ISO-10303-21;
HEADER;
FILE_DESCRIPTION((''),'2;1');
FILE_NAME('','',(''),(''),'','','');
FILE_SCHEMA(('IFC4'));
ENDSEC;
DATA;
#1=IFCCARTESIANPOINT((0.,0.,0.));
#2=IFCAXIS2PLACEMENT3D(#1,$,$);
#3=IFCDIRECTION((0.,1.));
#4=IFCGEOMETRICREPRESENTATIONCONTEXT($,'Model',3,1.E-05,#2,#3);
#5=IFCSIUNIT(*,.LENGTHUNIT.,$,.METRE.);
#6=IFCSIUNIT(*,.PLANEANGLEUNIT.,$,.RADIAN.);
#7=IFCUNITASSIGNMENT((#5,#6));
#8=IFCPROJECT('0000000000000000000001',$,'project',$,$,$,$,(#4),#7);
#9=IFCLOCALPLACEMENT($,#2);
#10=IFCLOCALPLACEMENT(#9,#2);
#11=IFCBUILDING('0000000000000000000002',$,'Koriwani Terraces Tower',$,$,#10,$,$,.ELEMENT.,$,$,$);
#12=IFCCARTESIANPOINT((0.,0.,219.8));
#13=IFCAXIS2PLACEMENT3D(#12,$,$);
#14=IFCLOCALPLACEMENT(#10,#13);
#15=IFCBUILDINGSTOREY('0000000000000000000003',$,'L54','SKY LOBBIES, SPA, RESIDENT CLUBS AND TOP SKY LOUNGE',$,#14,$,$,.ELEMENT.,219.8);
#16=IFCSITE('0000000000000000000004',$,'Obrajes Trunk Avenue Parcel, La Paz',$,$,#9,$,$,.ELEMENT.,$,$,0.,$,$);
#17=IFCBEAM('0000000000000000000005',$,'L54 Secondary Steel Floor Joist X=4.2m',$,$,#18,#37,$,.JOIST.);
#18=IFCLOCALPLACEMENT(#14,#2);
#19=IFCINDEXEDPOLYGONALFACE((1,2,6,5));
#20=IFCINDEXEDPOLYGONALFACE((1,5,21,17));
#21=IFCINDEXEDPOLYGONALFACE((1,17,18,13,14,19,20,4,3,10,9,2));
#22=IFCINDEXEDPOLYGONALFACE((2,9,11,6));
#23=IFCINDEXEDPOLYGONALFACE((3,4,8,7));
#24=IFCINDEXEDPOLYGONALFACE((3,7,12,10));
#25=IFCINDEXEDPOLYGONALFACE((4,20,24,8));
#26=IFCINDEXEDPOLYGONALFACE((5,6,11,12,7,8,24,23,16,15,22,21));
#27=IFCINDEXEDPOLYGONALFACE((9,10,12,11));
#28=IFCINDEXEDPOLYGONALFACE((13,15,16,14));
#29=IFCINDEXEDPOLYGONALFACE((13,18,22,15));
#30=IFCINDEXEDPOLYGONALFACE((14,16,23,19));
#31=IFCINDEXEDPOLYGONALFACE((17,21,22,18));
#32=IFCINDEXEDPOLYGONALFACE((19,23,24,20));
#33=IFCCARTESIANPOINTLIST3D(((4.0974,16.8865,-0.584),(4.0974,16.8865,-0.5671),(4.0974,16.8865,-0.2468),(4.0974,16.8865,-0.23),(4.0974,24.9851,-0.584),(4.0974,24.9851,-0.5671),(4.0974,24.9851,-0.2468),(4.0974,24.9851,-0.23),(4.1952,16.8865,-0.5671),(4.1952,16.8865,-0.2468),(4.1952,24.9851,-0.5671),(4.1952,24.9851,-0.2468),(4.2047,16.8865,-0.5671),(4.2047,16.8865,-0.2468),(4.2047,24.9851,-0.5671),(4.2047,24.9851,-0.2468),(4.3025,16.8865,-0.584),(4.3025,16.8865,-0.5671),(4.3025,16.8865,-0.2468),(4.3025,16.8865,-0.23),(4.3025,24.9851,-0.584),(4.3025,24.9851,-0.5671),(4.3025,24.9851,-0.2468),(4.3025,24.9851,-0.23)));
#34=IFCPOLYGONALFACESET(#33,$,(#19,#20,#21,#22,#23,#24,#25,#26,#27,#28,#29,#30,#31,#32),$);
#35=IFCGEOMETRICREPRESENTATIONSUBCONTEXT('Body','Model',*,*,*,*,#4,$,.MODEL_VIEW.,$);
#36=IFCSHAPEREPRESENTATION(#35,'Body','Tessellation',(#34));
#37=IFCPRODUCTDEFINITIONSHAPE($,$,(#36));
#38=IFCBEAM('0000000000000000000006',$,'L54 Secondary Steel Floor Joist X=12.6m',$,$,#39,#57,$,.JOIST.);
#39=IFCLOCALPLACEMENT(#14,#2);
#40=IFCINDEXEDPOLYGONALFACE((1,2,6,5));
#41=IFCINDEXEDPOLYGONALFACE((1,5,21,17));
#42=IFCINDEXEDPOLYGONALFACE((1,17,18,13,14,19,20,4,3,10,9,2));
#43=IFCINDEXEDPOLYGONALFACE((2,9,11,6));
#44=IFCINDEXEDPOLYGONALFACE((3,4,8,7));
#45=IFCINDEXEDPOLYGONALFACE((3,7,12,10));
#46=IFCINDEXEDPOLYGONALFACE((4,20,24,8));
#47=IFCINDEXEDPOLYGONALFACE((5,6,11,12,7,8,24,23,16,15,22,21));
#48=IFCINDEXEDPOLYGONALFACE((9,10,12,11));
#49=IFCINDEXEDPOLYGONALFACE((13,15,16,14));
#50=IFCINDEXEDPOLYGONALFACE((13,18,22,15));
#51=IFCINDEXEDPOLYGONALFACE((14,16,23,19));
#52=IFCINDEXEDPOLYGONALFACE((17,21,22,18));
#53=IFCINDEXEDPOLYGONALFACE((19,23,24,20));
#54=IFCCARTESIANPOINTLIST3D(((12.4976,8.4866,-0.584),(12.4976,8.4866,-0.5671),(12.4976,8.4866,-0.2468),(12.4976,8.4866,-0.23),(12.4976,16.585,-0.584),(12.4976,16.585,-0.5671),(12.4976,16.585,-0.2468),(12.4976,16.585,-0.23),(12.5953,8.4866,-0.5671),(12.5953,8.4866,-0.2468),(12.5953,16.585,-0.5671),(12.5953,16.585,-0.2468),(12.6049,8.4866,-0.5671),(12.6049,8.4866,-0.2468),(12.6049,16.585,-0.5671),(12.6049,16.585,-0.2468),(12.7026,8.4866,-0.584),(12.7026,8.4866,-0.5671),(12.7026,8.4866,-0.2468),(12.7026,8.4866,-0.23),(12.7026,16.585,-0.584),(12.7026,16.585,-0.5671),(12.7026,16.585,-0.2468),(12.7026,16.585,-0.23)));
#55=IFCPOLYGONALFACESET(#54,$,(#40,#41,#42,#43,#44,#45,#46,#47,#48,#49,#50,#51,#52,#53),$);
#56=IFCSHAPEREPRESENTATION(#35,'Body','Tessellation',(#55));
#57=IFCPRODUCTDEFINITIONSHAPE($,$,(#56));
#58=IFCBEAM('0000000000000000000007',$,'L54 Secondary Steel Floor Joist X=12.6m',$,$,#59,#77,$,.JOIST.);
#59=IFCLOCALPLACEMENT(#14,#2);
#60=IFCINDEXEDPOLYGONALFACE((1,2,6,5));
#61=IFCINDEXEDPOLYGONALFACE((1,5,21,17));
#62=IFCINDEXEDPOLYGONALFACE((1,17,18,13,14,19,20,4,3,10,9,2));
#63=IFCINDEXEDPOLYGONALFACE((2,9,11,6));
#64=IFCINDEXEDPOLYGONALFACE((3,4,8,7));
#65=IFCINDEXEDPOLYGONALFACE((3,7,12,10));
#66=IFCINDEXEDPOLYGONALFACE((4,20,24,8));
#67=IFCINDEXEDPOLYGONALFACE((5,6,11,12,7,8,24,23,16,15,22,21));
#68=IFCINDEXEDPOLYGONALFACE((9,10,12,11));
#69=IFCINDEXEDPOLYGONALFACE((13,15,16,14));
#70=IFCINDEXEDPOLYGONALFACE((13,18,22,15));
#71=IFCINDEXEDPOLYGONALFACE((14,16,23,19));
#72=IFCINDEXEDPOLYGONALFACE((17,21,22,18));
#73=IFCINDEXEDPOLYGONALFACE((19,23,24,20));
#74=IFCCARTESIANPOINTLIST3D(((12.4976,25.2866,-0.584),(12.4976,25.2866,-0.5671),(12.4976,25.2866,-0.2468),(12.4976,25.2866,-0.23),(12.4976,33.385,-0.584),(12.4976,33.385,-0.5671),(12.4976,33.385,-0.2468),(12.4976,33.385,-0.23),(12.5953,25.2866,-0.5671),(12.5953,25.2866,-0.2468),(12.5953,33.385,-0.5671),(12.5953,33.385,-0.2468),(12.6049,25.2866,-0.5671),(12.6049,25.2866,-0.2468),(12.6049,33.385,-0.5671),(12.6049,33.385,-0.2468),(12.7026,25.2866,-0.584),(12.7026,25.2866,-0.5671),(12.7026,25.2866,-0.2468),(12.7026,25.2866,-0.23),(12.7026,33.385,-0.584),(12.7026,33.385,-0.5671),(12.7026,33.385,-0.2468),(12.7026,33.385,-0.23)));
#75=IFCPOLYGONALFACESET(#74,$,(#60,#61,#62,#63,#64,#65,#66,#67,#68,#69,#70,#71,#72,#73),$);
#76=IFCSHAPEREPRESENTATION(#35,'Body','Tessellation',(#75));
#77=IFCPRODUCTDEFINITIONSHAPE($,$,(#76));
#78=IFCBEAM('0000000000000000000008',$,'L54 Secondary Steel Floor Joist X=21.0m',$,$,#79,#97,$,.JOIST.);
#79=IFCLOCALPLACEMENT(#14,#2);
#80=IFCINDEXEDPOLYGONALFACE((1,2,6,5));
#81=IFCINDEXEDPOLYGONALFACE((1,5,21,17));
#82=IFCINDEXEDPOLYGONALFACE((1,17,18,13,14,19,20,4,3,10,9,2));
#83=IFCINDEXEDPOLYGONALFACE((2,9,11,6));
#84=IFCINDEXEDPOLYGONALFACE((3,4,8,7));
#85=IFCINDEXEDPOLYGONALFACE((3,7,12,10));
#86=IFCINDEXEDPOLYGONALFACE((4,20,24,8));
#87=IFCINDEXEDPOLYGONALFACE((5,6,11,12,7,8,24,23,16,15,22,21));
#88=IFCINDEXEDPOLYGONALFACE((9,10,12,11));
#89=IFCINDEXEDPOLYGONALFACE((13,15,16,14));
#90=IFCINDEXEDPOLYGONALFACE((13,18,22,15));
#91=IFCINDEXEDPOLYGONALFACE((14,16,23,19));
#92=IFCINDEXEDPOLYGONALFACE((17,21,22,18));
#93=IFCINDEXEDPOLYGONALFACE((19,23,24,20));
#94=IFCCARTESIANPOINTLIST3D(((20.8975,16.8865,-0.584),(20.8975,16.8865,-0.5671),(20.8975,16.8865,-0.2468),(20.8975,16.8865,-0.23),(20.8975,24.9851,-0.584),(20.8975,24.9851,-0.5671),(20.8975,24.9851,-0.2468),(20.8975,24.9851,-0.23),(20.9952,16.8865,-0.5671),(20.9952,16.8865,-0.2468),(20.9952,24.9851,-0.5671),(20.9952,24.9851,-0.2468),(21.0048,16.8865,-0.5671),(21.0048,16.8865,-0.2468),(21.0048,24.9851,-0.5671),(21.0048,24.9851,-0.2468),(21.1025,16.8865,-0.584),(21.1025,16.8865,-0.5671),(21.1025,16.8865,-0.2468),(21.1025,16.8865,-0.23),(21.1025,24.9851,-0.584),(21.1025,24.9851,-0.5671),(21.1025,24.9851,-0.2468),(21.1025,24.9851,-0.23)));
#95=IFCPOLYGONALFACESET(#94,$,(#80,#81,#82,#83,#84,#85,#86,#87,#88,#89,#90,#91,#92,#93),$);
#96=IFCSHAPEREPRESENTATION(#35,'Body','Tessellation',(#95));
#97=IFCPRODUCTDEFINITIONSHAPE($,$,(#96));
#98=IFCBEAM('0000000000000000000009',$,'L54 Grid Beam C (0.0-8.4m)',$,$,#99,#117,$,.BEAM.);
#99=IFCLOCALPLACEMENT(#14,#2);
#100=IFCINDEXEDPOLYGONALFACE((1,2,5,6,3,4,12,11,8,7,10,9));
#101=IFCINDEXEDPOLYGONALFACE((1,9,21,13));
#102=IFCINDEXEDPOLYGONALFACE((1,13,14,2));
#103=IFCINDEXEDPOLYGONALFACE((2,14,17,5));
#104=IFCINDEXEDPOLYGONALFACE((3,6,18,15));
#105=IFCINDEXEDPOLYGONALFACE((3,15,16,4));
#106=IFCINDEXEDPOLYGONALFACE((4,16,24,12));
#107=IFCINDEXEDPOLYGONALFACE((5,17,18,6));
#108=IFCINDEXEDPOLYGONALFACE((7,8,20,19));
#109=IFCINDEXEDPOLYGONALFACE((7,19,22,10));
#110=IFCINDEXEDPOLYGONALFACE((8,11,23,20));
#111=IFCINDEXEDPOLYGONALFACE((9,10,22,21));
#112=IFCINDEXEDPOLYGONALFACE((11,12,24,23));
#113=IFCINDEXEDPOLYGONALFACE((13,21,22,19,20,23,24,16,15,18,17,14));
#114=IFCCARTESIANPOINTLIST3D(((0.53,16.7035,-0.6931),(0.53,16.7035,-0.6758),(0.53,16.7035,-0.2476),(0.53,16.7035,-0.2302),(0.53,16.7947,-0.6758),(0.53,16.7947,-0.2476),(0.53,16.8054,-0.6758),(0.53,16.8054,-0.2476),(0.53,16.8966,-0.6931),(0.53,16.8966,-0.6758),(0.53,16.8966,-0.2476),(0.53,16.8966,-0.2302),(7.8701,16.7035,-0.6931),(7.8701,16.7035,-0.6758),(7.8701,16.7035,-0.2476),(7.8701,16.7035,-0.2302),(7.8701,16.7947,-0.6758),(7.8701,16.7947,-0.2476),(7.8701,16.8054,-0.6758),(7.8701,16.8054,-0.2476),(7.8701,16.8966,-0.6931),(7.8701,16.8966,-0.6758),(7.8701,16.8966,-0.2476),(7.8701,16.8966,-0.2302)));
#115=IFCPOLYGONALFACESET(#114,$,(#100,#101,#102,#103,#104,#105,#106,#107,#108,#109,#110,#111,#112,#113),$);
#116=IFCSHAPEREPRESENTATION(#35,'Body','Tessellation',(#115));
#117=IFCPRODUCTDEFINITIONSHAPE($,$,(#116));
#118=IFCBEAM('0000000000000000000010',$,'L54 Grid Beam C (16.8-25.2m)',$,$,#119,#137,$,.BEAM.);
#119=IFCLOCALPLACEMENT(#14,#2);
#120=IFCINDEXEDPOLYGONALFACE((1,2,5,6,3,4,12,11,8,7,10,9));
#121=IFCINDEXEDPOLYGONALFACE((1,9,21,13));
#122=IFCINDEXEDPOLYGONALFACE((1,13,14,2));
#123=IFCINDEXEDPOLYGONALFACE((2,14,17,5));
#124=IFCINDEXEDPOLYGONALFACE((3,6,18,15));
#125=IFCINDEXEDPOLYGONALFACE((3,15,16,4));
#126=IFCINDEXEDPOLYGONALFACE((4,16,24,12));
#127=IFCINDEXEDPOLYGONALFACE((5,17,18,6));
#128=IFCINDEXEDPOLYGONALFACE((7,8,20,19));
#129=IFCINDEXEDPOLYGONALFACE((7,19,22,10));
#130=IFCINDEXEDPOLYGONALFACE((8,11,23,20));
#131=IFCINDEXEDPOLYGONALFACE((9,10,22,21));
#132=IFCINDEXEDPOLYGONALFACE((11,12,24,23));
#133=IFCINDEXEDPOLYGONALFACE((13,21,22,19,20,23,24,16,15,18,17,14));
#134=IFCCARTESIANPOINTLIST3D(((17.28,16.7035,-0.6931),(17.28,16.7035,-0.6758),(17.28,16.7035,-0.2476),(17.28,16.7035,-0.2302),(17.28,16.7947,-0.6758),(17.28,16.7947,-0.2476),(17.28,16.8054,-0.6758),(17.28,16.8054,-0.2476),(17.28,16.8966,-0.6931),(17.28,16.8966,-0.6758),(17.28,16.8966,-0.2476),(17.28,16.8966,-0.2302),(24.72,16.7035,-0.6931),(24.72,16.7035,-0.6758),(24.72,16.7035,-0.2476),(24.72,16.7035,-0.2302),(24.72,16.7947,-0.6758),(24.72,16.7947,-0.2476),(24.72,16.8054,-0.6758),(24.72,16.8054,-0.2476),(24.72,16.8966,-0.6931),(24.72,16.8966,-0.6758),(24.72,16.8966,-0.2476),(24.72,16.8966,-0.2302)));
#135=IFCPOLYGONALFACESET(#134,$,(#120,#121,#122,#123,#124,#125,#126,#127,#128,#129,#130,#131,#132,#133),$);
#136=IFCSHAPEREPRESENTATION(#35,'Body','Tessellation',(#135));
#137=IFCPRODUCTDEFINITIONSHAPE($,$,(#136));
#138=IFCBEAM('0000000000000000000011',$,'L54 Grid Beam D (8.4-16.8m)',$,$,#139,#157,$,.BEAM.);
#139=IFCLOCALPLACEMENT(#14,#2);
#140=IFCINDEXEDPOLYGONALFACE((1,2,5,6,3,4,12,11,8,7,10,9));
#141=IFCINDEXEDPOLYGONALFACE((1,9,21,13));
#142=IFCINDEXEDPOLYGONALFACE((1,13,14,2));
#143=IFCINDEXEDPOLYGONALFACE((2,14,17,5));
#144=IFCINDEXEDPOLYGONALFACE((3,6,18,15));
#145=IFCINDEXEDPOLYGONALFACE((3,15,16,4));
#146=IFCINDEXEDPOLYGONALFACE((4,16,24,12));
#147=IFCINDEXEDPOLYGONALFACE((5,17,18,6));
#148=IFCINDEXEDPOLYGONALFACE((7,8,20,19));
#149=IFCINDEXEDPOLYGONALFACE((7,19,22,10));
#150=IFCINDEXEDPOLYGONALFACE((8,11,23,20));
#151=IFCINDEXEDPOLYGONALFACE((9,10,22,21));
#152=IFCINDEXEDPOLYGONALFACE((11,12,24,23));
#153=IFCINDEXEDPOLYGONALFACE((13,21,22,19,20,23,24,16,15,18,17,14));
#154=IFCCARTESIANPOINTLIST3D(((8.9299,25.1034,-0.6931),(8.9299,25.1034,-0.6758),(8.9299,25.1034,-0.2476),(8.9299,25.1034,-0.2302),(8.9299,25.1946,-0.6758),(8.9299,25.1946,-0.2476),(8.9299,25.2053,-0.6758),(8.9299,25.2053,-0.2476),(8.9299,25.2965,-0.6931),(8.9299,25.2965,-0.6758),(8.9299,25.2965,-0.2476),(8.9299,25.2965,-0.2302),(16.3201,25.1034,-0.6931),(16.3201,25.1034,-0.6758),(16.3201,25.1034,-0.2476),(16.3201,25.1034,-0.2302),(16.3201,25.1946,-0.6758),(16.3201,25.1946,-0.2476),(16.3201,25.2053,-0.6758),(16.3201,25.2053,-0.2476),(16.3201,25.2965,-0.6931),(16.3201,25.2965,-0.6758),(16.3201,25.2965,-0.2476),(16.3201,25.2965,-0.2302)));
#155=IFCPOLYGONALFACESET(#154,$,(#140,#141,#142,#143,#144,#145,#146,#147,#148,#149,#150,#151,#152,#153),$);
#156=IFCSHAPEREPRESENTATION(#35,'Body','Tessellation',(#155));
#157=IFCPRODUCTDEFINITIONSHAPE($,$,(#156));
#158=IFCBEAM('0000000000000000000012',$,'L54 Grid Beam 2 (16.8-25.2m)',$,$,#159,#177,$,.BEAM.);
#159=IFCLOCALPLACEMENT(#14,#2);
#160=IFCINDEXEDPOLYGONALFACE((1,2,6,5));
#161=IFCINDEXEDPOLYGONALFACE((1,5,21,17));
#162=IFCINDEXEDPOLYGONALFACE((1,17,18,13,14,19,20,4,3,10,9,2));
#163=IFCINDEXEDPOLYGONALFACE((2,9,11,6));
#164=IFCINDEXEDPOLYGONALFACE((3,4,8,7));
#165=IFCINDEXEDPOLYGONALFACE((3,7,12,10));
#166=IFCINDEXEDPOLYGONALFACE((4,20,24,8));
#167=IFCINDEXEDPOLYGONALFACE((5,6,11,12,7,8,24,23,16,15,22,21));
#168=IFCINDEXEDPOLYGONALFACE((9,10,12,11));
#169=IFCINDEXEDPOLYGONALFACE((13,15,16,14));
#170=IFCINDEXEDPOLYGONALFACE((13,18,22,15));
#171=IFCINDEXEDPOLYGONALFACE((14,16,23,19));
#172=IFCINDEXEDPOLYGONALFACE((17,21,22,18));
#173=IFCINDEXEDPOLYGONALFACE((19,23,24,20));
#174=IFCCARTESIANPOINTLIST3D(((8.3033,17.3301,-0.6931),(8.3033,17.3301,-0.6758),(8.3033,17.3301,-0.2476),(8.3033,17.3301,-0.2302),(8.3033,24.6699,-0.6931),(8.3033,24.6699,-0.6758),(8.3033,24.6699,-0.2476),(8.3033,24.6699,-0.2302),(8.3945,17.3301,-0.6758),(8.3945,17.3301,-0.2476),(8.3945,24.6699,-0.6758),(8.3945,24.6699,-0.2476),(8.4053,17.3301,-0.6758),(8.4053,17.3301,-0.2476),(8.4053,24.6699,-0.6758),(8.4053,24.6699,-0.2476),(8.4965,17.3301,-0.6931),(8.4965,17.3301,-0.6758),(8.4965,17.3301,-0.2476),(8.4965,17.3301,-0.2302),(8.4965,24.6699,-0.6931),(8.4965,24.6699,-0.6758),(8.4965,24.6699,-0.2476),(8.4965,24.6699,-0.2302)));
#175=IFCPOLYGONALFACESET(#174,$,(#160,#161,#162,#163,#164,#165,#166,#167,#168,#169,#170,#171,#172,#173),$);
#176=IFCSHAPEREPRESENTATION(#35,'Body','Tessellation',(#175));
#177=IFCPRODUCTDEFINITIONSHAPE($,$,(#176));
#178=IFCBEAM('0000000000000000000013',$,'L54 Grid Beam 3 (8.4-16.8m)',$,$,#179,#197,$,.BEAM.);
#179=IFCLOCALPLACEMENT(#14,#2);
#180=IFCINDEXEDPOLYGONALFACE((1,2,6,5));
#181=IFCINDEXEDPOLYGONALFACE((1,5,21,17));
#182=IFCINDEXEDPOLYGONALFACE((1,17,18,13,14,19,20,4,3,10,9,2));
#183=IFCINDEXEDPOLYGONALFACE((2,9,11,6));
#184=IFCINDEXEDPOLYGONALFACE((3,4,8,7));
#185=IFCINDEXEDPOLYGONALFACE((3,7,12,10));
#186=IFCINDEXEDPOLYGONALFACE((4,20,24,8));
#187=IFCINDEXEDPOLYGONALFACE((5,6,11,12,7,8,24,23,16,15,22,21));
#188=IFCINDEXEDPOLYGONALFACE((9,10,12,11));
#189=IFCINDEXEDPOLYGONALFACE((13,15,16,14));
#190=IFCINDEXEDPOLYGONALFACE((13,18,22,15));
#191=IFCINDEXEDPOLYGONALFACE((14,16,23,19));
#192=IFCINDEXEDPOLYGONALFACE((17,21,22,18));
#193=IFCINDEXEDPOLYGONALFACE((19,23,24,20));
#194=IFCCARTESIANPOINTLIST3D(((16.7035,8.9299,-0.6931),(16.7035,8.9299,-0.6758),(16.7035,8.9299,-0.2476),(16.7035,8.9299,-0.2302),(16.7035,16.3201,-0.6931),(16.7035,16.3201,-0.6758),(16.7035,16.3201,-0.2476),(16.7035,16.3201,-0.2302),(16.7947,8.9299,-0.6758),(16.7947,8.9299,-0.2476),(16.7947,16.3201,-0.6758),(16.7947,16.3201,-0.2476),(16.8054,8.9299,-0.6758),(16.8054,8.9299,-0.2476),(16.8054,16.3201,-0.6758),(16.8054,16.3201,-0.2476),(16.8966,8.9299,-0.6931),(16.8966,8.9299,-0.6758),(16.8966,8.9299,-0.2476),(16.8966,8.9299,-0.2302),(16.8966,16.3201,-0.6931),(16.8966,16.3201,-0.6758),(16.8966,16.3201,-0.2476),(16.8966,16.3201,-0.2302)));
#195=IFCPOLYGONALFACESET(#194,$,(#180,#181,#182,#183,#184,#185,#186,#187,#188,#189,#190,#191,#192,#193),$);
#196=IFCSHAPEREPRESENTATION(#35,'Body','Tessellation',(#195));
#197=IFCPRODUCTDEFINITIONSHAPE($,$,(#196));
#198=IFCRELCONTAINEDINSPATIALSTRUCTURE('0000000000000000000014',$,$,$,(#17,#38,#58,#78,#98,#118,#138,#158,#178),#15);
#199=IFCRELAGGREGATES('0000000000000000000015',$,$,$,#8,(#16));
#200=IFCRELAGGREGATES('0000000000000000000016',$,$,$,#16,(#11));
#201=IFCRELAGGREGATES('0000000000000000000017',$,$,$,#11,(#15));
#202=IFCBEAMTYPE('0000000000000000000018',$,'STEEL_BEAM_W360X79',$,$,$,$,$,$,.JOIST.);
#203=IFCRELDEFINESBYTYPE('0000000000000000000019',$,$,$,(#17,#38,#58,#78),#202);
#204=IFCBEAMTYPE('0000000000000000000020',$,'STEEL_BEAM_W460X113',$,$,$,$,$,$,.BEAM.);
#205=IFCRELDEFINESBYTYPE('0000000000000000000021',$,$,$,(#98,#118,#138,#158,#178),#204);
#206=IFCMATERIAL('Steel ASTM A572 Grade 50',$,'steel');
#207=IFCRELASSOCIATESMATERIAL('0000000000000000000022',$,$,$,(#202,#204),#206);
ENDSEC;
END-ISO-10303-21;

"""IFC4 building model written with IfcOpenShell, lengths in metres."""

from ifc_helpers import new_model, si_unit, direction, frame, origin, origin_2d, place, context, subcontext, project, spatial, i_section, extrude, material, material_profile, profile_set, type_object, element, save


model = new_model("IFC4")

# Units and contexts
model_context = context("Model", 3, precision=1e-05, world=origin(), true_north=direction((0.0, 1.0)))
body_context = subcontext(model_context, "Body", "Model", "MODEL_VIEW")
ifc_project = project(units=[si_unit("LENGTHUNIT", "METRE"), si_unit("PLANEANGLEUNIT", "RADIAN")], contexts=[model_context])

# Site, building, storey
site_placement = place(None, origin())
site = spatial("IfcSite", under=ifc_project, at=site_placement, Name="Obrajes Trunk Avenue Parcel, La Paz", CompositionType="ELEMENT", RefElevation=0.0)
building_placement = place(site_placement, origin())
building = spatial("IfcBuilding", under=site, at=building_placement, Name="Koriwani Terraces Tower", CompositionType="ELEMENT")
storey_placement = place(building_placement, frame((0.0, 0.0, 219.8)))
storey = spatial("IfcBuildingStorey", under=building, at=storey_placement, Name="L54", Description="SKY LOBBIES, SPA, RESIDENT CLUBS AND TOP SKY LOUNGE", CompositionType="ELEMENT", Elevation=219.8)

# Beams
ifc_material_1 = material(Name="Steel ASTM A572 Grade 50", Category="steel")
ifc_material_profile_1 = material_profile(ifc_material_1, i_section(OverallWidth=0.2051, OverallDepth=0.354, WebThickness=0.0095, FlangeThickness=0.0168, at=origin_2d()), Name="Steel ASTM A572 Grade 50", Category="LoadBearing")
ifc_profile_set_1 = profile_set([ifc_material_profile_1], Name="Steel ASTM A572 Grade 50")
beam_type_1 = type_object("IfcBeamType", Name="STEEL_BEAM_W360X79", PredefinedType="JOIST", material=ifc_profile_set_1)
beam_1_placement = place(storey_placement, frame((4.2, 16.8865, -0.407), z_axis=(0.0, 1.0, 0.0), x_axis=(-1.0, 0.0, 0.0)))
element("IfcBeam", 1, at=beam_1_placement, inside=storey, type_object=beam_type_1, Name="L54 Secondary Steel Floor Joist X=4.2m", PredefinedType="JOIST", context=body_context, shape_type="SweptSolid", body=[
    extrude(i_section(OverallWidth=0.2051, OverallDepth=0.354, WebThickness=0.0095, FlangeThickness=0.0168, at=origin_2d()), origin(), (0.0, 0.0, 1.0), 8.0986),
])
for number, where, z_axis, x_axis, name in (
    (2, (12.6001, 8.4866, -0.407), (0.0, 1.0, 0.0), (-1.0, 0.0, 0.0), "L54 Secondary Steel Floor Joist X=12.6m"),
    (3, (12.6001, 25.2866, -0.407), (0.0, 1.0, 0.0), (-1.0, 0.0, 0.0), "L54 Secondary Steel Floor Joist X=12.6m"),
):
    element("IfcBeam", number, at=place(storey_placement, frame(where, z_axis=z_axis, x_axis=x_axis)), inside=storey, type_object=beam_type_1, Name=name, PredefinedType="JOIST", context=body_context, shape_type="SweptSolid", body=[
        extrude(i_section(OverallWidth=0.2051, OverallDepth=0.354, WebThickness=0.0095, FlangeThickness=0.0168, at=origin_2d()), origin(), (0.0, 0.0, 1.0), 8.0984),
    ])
beam_2_placement = place(storey_placement, frame((21.0, 16.8865, -0.407), z_axis=(0.0, 1.0, 0.0), x_axis=(-1.0, 0.0, 0.0)))
element("IfcBeam", 4, at=beam_2_placement, inside=storey, type_object=beam_type_1, Name="L54 Secondary Steel Floor Joist X=21.0m", PredefinedType="JOIST", context=body_context, shape_type="SweptSolid", body=[
    extrude(i_section(OverallWidth=0.2051, OverallDepth=0.354, WebThickness=0.0095, FlangeThickness=0.0168, at=origin_2d()), origin(), (0.0, 0.0, 1.0), 8.0986),
])
ifc_material_profile_2 = material_profile(ifc_material_1, i_section(OverallWidth=0.1931, OverallDepth=0.4629, WebThickness=0.0107, FlangeThickness=0.0173, at=origin_2d()), Name="Steel ASTM A572 Grade 50", Category="LoadBearing")
ifc_profile_set_2 = profile_set([ifc_material_profile_2], Name="Steel ASTM A572 Grade 50")
beam_type_2 = type_object("IfcBeamType", Name="STEEL_BEAM_W460X113", PredefinedType="BEAM", material=ifc_profile_set_2)
beam_3_placement = place(storey_placement, frame((0.53, 16.8, -0.4617), z_axis=(1.0, 0.0, 0.0), x_axis=(0.0, 1.0, 0.0)))
element("IfcBeam", 5, at=beam_3_placement, inside=storey, type_object=beam_type_2, Name="L54 Grid Beam C (0.0-8.4m)", PredefinedType="BEAM", context=body_context, shape_type="SweptSolid", body=[
    extrude(i_section(OverallWidth=0.1931, OverallDepth=0.4629, WebThickness=0.0107, FlangeThickness=0.0173, at=origin_2d()), origin(), (0.0, 0.0, 1.0), 7.3401),
])
beam_4_placement = place(storey_placement, frame((17.28, 16.8, -0.4617), z_axis=(1.0, 0.0, 0.0), x_axis=(0.0, 1.0, 0.0)))
element("IfcBeam", 6, at=beam_4_placement, inside=storey, type_object=beam_type_2, Name="L54 Grid Beam C (16.8-25.2m)", PredefinedType="BEAM", context=body_context, shape_type="SweptSolid", body=[
    extrude(i_section(OverallWidth=0.1931, OverallDepth=0.4629, WebThickness=0.0107, FlangeThickness=0.0173, at=origin_2d()), origin(), (0.0, 0.0, 1.0), 7.4399),
])
beam_5_placement = place(storey_placement, frame((8.9299, 25.2, -0.4617), z_axis=(1.0, 0.0, 0.0), x_axis=(0.0, 1.0, 0.0)))
element("IfcBeam", 7, at=beam_5_placement, inside=storey, type_object=beam_type_2, Name="L54 Grid Beam D (8.4-16.8m)", PredefinedType="BEAM", context=body_context, shape_type="SweptSolid", body=[
    extrude(i_section(OverallWidth=0.1931, OverallDepth=0.4629, WebThickness=0.0107, FlangeThickness=0.0173, at=origin_2d()), origin(), (0.0, 0.0, 1.0), 7.3901),
])
beam_6_placement = place(storey_placement, frame((8.3999, 17.3301, -0.4617), z_axis=(0.0, 1.0, 0.0), x_axis=(-1.0, 0.0, 0.0)))
element("IfcBeam", 8, at=beam_6_placement, inside=storey, type_object=beam_type_2, Name="L54 Grid Beam 2 (16.8-25.2m)", PredefinedType="BEAM", context=body_context, shape_type="SweptSolid", body=[
    extrude(i_section(OverallWidth=0.1931, OverallDepth=0.4629, WebThickness=0.0107, FlangeThickness=0.0173, at=origin_2d()), origin(), (0.0, 0.0, 1.0), 7.3398),
])
beam_7_placement = place(storey_placement, frame((16.8, 8.9299, -0.4617), z_axis=(0.0, 1.0, 0.0), x_axis=(-1.0, 0.0, 0.0)))
element("IfcBeam", 9, at=beam_7_placement, inside=storey, type_object=beam_type_2, Name="L54 Grid Beam 3 (8.4-16.8m)", PredefinedType="BEAM", context=body_context, shape_type="SweptSolid", body=[
    extrude(i_section(OverallWidth=0.1931, OverallDepth=0.4629, WebThickness=0.0107, FlangeThickness=0.0173, at=origin_2d()), origin(), (0.0, 0.0, 1.0), 7.3901),
])

save(model, "model.ifc")
